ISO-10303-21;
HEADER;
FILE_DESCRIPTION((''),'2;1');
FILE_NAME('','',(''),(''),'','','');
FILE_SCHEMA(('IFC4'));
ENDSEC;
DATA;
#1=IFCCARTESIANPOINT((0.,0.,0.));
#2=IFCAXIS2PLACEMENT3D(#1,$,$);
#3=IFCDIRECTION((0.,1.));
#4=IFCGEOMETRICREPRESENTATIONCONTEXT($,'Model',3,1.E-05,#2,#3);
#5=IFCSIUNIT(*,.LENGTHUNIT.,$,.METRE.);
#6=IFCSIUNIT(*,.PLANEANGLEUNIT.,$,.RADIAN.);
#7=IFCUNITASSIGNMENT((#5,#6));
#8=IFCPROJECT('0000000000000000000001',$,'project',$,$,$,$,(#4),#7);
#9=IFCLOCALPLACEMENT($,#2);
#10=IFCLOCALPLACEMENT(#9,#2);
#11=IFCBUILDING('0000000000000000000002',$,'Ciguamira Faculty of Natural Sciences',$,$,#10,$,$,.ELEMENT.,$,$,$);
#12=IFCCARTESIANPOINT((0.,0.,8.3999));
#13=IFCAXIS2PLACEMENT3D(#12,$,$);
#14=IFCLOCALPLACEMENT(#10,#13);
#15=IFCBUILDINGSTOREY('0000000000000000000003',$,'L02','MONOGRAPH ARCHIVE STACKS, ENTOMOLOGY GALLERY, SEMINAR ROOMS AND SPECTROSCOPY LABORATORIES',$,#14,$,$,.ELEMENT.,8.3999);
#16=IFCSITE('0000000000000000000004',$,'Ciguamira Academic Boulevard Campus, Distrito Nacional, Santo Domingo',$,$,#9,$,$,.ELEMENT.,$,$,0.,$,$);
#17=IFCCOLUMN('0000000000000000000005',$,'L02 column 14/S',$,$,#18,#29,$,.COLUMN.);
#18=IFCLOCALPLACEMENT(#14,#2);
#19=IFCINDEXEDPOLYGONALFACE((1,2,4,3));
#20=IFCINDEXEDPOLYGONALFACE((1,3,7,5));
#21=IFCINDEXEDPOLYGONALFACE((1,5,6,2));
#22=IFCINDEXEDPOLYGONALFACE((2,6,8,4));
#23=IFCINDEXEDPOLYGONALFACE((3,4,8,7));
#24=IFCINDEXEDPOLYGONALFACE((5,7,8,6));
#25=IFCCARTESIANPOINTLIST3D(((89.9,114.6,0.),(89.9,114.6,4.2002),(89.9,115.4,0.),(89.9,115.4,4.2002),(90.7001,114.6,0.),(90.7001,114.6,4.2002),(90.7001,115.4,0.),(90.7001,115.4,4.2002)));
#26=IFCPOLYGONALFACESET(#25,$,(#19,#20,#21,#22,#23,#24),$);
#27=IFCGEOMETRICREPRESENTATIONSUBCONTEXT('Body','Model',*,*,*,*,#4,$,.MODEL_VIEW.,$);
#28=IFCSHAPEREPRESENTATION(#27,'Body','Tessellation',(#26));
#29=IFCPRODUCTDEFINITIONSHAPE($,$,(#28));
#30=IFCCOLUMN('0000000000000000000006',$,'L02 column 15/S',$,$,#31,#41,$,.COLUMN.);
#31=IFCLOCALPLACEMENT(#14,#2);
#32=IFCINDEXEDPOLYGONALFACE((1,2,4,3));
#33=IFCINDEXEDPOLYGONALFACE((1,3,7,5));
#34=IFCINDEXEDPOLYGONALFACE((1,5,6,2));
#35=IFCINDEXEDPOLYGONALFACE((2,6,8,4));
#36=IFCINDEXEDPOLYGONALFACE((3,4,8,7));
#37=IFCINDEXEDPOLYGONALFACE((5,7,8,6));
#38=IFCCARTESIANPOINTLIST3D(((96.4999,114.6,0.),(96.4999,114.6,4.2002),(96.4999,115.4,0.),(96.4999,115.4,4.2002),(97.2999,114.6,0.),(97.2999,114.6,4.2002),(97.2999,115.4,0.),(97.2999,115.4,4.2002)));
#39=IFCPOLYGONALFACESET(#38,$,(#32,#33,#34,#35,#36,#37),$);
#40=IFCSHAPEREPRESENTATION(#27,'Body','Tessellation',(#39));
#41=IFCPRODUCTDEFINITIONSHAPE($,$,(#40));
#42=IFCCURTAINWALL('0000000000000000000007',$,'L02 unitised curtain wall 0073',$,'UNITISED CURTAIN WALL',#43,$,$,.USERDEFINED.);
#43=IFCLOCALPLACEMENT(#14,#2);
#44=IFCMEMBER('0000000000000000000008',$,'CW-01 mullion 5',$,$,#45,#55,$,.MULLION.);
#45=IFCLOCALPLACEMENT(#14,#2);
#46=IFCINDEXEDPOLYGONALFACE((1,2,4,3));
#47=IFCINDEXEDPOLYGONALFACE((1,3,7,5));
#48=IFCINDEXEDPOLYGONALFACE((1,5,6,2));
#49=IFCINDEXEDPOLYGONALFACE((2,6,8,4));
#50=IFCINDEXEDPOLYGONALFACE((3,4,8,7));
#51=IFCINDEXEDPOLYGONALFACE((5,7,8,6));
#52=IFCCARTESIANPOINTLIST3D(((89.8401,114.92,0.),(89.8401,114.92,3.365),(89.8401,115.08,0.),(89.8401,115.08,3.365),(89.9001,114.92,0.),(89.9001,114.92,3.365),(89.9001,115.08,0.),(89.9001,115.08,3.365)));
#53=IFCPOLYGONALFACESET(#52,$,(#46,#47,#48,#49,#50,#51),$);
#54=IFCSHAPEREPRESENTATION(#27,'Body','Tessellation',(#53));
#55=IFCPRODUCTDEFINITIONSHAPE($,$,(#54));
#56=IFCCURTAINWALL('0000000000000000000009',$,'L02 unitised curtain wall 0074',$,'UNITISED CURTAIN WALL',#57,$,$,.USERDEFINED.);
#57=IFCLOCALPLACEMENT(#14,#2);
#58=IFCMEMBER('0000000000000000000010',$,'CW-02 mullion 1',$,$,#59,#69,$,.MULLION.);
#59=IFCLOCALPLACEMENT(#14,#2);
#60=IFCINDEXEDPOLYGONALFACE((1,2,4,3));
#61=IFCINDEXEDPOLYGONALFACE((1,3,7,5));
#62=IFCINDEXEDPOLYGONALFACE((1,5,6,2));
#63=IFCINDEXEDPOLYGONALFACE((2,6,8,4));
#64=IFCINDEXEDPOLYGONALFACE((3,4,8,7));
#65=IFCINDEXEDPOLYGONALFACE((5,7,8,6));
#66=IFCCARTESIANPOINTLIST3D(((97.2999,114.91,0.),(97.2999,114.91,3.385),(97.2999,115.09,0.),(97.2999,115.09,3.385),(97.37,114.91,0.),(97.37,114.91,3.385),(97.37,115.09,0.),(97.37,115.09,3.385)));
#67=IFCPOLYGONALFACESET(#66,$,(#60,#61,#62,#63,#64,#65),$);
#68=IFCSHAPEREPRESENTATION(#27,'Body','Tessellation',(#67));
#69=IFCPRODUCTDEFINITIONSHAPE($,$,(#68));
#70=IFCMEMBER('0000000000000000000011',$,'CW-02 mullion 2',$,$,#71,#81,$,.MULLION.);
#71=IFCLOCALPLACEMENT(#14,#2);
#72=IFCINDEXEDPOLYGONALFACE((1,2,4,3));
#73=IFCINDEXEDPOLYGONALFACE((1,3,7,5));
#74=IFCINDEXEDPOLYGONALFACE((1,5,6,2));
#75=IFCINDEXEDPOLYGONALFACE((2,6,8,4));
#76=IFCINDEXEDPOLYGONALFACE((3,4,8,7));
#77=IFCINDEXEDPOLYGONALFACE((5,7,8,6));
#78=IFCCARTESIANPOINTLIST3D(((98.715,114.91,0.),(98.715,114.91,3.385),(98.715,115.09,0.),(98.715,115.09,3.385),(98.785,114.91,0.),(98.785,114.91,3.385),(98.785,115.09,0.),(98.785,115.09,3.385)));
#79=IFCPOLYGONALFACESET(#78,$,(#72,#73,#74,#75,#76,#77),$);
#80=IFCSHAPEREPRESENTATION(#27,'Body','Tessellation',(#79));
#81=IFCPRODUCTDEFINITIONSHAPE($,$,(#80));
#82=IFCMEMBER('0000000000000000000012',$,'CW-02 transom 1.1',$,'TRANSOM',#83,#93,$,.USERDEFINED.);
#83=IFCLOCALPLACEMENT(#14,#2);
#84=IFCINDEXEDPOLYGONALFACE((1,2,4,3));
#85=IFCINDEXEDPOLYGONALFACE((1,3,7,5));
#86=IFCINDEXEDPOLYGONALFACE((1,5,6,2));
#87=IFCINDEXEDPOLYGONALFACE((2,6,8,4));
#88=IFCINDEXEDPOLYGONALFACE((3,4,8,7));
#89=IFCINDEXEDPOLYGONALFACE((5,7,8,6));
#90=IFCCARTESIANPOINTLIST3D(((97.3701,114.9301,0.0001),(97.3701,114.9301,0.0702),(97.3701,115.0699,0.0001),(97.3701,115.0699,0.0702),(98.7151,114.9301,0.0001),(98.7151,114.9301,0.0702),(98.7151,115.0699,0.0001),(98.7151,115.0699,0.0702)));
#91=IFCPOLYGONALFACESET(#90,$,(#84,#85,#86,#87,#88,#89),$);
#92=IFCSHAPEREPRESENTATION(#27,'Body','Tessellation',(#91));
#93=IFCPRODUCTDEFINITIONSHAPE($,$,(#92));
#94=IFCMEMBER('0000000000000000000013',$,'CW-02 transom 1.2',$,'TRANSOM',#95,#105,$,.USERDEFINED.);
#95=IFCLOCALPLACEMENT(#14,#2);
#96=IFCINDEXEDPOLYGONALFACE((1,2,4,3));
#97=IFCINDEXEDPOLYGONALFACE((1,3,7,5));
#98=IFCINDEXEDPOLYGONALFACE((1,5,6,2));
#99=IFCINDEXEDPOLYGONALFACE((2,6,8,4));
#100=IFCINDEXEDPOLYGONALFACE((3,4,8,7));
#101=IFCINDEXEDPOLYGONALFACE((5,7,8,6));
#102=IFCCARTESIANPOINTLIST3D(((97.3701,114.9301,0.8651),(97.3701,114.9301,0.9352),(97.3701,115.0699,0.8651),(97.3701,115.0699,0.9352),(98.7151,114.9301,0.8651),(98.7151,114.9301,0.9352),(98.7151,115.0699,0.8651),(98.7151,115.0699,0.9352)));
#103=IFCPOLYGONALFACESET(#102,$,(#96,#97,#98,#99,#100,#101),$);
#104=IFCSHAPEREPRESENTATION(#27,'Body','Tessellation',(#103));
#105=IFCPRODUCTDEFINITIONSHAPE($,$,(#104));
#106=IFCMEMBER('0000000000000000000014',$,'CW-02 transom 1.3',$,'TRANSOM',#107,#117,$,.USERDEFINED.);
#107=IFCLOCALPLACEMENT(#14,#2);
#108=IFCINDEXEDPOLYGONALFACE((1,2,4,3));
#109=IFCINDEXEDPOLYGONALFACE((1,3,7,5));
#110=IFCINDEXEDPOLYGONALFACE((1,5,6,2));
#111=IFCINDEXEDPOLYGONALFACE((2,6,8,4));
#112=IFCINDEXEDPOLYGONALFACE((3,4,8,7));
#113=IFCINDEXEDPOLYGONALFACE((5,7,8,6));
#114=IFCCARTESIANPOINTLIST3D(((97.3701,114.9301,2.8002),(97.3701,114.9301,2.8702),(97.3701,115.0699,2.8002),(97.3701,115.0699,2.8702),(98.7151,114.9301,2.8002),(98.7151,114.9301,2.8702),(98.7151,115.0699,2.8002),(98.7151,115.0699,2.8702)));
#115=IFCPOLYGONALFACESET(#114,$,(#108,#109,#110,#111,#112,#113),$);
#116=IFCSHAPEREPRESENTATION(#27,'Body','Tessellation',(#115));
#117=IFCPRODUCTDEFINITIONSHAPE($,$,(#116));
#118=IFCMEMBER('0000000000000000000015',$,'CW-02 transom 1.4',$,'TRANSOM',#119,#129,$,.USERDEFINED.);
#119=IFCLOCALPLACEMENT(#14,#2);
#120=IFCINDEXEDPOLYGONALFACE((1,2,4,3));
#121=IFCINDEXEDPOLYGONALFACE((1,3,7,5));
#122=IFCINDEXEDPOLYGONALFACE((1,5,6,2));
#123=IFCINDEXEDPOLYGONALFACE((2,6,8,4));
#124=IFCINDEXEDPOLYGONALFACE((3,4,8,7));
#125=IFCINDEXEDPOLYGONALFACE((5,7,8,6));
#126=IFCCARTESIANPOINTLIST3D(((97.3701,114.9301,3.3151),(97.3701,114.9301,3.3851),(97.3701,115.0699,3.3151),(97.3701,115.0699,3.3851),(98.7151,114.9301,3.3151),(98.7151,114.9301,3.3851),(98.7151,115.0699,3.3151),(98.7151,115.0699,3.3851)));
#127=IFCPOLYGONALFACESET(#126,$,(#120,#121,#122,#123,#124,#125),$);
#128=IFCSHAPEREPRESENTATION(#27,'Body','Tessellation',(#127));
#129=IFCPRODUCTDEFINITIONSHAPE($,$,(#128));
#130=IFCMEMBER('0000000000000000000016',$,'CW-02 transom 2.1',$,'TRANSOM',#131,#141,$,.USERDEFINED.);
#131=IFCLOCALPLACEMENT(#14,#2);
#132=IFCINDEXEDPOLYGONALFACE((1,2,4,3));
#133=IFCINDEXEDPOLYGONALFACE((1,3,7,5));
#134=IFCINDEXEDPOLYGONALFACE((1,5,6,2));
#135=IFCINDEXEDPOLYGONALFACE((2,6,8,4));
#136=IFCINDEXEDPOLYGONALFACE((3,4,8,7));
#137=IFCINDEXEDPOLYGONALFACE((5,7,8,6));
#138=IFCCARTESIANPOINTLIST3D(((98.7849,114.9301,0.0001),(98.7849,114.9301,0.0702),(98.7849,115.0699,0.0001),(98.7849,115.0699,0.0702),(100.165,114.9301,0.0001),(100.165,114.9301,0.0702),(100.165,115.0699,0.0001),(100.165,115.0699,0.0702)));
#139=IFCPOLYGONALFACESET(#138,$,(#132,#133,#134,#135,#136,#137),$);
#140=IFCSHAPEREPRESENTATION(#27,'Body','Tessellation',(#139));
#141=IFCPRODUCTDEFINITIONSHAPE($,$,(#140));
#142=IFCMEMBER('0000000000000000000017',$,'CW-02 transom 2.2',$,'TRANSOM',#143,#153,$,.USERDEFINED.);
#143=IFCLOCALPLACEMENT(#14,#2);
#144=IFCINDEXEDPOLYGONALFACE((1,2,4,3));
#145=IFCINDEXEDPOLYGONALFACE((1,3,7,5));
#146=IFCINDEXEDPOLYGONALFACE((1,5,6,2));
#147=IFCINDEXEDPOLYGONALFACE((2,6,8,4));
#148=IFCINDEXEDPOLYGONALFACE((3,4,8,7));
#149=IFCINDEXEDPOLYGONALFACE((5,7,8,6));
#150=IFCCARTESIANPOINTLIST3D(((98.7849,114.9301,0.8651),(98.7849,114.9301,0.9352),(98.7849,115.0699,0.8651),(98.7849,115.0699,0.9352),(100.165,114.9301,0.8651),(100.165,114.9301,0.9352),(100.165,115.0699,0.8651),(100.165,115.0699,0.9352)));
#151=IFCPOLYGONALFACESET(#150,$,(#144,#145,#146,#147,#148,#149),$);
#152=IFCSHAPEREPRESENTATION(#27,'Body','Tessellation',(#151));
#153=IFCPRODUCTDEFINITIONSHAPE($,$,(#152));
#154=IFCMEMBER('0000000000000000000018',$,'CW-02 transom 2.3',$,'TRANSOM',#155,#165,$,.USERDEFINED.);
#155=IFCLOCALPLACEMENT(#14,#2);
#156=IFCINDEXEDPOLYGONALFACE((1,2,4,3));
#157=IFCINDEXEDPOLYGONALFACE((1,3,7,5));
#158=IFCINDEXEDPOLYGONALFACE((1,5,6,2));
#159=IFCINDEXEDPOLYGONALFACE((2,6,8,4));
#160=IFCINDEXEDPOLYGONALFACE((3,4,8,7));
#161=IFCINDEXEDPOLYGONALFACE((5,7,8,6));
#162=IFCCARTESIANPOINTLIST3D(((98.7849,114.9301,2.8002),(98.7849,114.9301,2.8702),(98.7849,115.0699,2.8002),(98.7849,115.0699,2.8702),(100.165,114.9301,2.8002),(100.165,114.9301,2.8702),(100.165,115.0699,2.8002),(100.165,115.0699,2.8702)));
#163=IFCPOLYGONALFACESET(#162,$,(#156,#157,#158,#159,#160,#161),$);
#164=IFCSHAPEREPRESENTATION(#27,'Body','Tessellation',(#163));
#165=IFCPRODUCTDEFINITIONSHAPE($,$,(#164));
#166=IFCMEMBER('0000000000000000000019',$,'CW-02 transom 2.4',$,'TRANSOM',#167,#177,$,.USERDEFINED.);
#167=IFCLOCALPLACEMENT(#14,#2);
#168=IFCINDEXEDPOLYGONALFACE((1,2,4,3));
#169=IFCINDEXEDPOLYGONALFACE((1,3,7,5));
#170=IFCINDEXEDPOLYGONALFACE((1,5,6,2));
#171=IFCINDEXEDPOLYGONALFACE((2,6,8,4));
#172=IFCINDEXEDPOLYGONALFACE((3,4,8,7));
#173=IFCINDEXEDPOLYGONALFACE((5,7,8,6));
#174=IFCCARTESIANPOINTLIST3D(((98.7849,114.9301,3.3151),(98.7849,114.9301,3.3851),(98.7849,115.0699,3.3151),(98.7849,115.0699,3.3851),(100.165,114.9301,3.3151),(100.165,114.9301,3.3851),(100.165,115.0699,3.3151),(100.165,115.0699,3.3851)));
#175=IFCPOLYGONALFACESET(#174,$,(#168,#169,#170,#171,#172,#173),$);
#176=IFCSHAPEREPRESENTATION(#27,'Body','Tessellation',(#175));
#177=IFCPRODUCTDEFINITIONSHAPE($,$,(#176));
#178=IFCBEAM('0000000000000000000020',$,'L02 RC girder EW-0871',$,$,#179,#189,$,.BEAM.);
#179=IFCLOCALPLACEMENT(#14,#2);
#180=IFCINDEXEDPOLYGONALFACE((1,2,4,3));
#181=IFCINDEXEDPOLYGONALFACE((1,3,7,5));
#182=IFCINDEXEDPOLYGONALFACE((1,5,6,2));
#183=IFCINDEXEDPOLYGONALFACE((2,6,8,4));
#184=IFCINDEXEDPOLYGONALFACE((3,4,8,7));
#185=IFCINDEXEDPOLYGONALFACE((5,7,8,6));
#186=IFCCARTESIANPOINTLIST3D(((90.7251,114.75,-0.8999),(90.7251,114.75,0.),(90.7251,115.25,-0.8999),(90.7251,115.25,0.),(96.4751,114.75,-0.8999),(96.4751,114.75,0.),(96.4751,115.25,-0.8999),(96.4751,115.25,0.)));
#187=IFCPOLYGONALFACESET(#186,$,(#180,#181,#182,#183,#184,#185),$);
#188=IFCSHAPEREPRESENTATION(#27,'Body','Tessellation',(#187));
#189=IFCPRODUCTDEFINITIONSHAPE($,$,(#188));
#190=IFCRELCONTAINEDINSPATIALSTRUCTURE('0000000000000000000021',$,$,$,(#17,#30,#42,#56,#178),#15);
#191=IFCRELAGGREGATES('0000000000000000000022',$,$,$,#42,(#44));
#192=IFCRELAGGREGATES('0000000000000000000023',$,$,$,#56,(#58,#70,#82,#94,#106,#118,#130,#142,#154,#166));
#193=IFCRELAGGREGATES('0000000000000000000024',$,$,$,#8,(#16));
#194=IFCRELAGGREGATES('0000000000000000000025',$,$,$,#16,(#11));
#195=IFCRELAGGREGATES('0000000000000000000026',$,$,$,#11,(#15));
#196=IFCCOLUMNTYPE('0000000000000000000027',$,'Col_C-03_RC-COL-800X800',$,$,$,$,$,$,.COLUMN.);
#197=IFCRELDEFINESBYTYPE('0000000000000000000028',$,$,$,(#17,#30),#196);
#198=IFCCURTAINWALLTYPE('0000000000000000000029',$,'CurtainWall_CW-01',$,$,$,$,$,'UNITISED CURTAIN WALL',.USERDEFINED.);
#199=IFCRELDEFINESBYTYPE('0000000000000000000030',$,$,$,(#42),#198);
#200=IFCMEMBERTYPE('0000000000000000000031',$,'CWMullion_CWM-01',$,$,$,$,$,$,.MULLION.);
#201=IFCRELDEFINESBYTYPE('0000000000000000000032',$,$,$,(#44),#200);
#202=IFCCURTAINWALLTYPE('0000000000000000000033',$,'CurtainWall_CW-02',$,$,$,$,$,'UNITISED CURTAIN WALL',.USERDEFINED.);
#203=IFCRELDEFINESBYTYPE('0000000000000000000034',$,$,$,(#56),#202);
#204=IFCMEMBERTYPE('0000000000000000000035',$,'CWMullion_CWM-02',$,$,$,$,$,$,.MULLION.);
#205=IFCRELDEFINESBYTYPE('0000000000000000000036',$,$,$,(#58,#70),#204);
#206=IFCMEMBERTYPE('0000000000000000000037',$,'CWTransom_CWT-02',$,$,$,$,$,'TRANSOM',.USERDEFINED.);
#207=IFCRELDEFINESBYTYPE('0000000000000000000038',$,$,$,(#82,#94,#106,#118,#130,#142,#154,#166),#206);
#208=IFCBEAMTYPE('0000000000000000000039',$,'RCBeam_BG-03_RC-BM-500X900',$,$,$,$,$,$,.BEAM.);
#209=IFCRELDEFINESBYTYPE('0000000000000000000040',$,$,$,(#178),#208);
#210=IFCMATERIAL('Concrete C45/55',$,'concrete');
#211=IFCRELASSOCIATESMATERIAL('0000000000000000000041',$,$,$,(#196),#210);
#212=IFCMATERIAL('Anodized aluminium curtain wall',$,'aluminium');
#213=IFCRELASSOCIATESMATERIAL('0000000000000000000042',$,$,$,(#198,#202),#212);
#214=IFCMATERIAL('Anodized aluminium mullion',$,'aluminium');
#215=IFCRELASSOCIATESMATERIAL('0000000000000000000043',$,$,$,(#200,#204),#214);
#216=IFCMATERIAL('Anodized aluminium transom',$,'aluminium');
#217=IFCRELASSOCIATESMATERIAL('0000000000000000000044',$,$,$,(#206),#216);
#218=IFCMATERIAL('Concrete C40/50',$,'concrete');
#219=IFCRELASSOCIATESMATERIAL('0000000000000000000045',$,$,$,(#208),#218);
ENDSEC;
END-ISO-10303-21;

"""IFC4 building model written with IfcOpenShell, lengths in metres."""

from ifc_helpers import new_model, si_unit, direction, frame, origin, origin_2d, place, context, subcontext, project, spatial, rectangle, extrude, material, material_profile, profile_set, type_object, element, aggregate, save


model = new_model("IFC4")

# Units and contexts
model_context = context("Model", 3, precision=1e-05, world=origin(), true_north=direction((0.0, 1.0)))
body_context = subcontext(model_context, "Body", "Model", "MODEL_VIEW")
ifc_project = project(units=[si_unit("LENGTHUNIT", "METRE"), si_unit("PLANEANGLEUNIT", "RADIAN")], contexts=[model_context])

# Site, building, storey
site_placement = place(None, origin())
site = spatial("IfcSite", under=ifc_project, at=site_placement, Name="Ciguamira Academic Boulevard Campus, Distrito Nacional, Santo Domingo", CompositionType="ELEMENT", RefElevation=0.0)
building_placement = place(site_placement, origin())
building = spatial("IfcBuilding", under=site, at=building_placement, Name="Ciguamira Faculty of Natural Sciences", CompositionType="ELEMENT")
storey_placement = place(building_placement, frame((0.0, 0.0, 8.3999)))
storey = spatial("IfcBuildingStorey", under=building, at=storey_placement, Name="L02", Description="MONOGRAPH ARCHIVE STACKS, ENTOMOLOGY GALLERY, SEMINAR ROOMS AND SPECTROSCOPY LABORATORIES", CompositionType="ELEMENT", Elevation=8.3999)

# Columns
ifc_material_1 = material(Name="Concrete C45/55", Category="concrete")
ifc_material_profile_1 = material_profile(ifc_material_1, rectangle(XDim=0.8, YDim=0.8, at=origin_2d()), Name="RC-COL-800X800")
ifc_profile_set_1 = profile_set([ifc_material_profile_1], Name="Concrete C45/55")
column_type = type_object("IfcColumnType", Name="Col_C-03_RC-COL-800X800", PredefinedType="COLUMN", material=ifc_profile_set_1)
for number, where, z_axis, x_axis, name in (
    (1, (90.3, 115.0, 0.0), (0.0, 0.0, 1.0), (1.0, 0.0, 0.0), "L02 column 14/S"),
    (2, (96.8999, 115.0, 0.0), (0.0, 0.0, 1.0), (1.0, 0.0, 0.0), "L02 column 15/S"),
):
    element("IfcColumn", number, at=place(storey_placement, frame(where, z_axis=z_axis, x_axis=x_axis)), inside=storey, type_object=column_type, Name=name, PredefinedType="COLUMN", context=body_context, shape_type="SweptSolid", body=[
        extrude(rectangle(XDim=0.8, YDim=0.8, at=origin_2d()), origin(), (0.0, 0.0, 1.0), 4.2002),
    ])

# Curtain wall, member
ifc_material_2 = material(Name="Anodized aluminium curtain wall", Category="aluminium")
curtain_wall_type_1 = type_object("IfcCurtainWallType", Name="CurtainWall_CW-01", ElementType="UNITISED CURTAIN WALL", PredefinedType="USERDEFINED", material=ifc_material_2)
curtain_wall_1_placement = place(storey_placement, origin())
curtain_wall_1 = element("IfcCurtainWall", 3, at=curtain_wall_1_placement, inside=storey, type_object=curtain_wall_type_1, Name="L02 unitised curtain wall 0073", ObjectType="UNITISED CURTAIN WALL", PredefinedType="USERDEFINED")
ifc_material_3 = material(Name="Anodized aluminium mullion", Category="aluminium")
ifc_material_profile_2 = material_profile(ifc_material_3, rectangle(XDim=0.0601, YDim=0.1599, at=origin_2d()), Name="ALU-MUL-60X160")
ifc_profile_set_2 = profile_set([ifc_material_profile_2], Name="Anodized aluminium mullion")
member_type_1 = type_object("IfcMemberType", Name="CWMullion_CWM-01", PredefinedType="MULLION", material=ifc_profile_set_2)
member_1_placement = place(storey_placement, frame((89.8701, 115.0, 0.0), z_axis=(0.0, 0.0, 1.0), x_axis=(1.0, 0.0, 0.0)))
member_1 = element("IfcMember", 4, at=member_1_placement, type_object=member_type_1, Name="CW-01 mullion 5", PredefinedType="MULLION", context=body_context, shape_type="SweptSolid", body=[
    extrude(rectangle(XDim=0.0601, YDim=0.1599, at=origin_2d()), origin(), (0.0, 0.0, 1.0), 3.365),
])
aggregate(curtain_wall_1, [member_1])

# Curtain wall, members
curtain_wall_type_2 = type_object("IfcCurtainWallType", Name="CurtainWall_CW-02", ElementType="UNITISED CURTAIN WALL", PredefinedType="USERDEFINED", material=ifc_material_2)
curtain_wall_2_placement = place(storey_placement, origin())
curtain_wall_2 = element("IfcCurtainWall", 5, at=curtain_wall_2_placement, inside=storey, type_object=curtain_wall_type_2, Name="L02 unitised curtain wall 0074", ObjectType="UNITISED CURTAIN WALL", PredefinedType="USERDEFINED")
ifc_material_profile_3 = material_profile(ifc_material_3, rectangle(XDim=0.0701, YDim=0.1799, at=origin_2d()), Name="ALU-MUL-70X180")
ifc_profile_set_3 = profile_set([ifc_material_profile_3], Name="Anodized aluminium mullion")
member_type_2 = type_object("IfcMemberType", Name="CWMullion_CWM-02", PredefinedType="MULLION", material=ifc_profile_set_3)
member_2_placement = place(storey_placement, frame((97.335, 115.0, 0.0), z_axis=(0.0, 0.0, 1.0), x_axis=(1.0, 0.0, 0.0)))
member_2 = element("IfcMember", 6, at=member_2_placement, type_object=member_type_2, Name="CW-02 mullion 1", PredefinedType="MULLION", context=body_context, shape_type="SweptSolid", body=[
    extrude(rectangle(XDim=0.0701, YDim=0.1799, at=origin_2d()), origin(), (0.0, 0.0, 1.0), 3.385),
])
member_3_placement = place(storey_placement, frame((98.75, 115.0, 0.0), z_axis=(0.0, 0.0, 1.0), x_axis=(1.0, 0.0, 0.0)))
member_3 = element("IfcMember", 7, at=member_3_placement, type_object=member_type_2, Name="CW-02 mullion 2", PredefinedType="MULLION", context=body_context, shape_type="SweptSolid", body=[
    extrude(rectangle(XDim=0.0701, YDim=0.1799, at=origin_2d()), origin(), (0.0, 0.0, 1.0), 3.385),
])
ifc_material_4 = material(Name="Anodized aluminium transom", Category="aluminium")
ifc_material_profile_4 = material_profile(ifc_material_4, rectangle(XDim=0.0701, YDim=0.1399, at=origin_2d()), Name="ALU-TRN-70X140")
ifc_profile_set_4 = profile_set([ifc_material_profile_4], Name="Anodized aluminium transom")
member_type_3 = type_object("IfcMemberType", Name="CWTransom_CWT-02", ElementType="TRANSOM", PredefinedType="USERDEFINED", material=ifc_profile_set_4)
member_4_placement = place(storey_placement, frame((97.3701, 115.0, 0.0352), z_axis=(1.0, 0.0, 0.0), x_axis=(0.0, 0.0, 1.0)))
member_4 = element("IfcMember", 8, at=member_4_placement, type_object=member_type_3, Name="CW-02 transom 1.1", ObjectType="TRANSOM", PredefinedType="USERDEFINED", context=body_context, shape_type="SweptSolid", body=[
    extrude(rectangle(XDim=0.0701, YDim=0.1399, at=origin_2d()), origin(), (0.0, 0.0, 1.0), 1.345),
])
member_5_placement = place(storey_placement, frame((97.3701, 115.0, 0.9001), z_axis=(1.0, 0.0, 0.0), x_axis=(0.0, 0.0, 1.0)))
member_5 = element("IfcMember", 9, at=member_5_placement, type_object=member_type_3, Name="CW-02 transom 1.2", ObjectType="TRANSOM", PredefinedType="USERDEFINED", context=body_context, shape_type="SweptSolid", body=[
    extrude(rectangle(XDim=0.0701, YDim=0.1399, at=origin_2d()), origin(), (0.0, 0.0, 1.0), 1.345),
])
member_6_placement = place(storey_placement, frame((97.3701, 115.0, 2.8352), z_axis=(1.0, 0.0, 0.0), x_axis=(0.0, 0.0, 1.0)))
member_6 = element("IfcMember", 10, at=member_6_placement, type_object=member_type_3, Name="CW-02 transom 1.3", ObjectType="TRANSOM", PredefinedType="USERDEFINED", context=body_context, shape_type="SweptSolid", body=[
    extrude(rectangle(XDim=0.0701, YDim=0.1399, at=origin_2d()), origin(), (0.0, 0.0, 1.0), 1.345),
])
member_7_placement = place(storey_placement, frame((97.3701, 115.0, 3.3501), z_axis=(1.0, 0.0, 0.0), x_axis=(0.0, 0.0, 1.0)))
member_7 = element("IfcMember", 11, at=member_7_placement, type_object=member_type_3, Name="CW-02 transom 1.4", ObjectType="TRANSOM", PredefinedType="USERDEFINED", context=body_context, shape_type="SweptSolid", body=[
    extrude(rectangle(XDim=0.0701, YDim=0.1399, at=origin_2d()), origin(), (0.0, 0.0, 1.0), 1.345),
])
member_8_placement = place(storey_placement, frame((98.7849, 115.0, 0.0352), z_axis=(1.0, 0.0, 0.0), x_axis=(0.0, 0.0, 1.0)))
member_8 = element("IfcMember", 12, at=member_8_placement, type_object=member_type_3, Name="CW-02 transom 2.1", ObjectType="TRANSOM", PredefinedType="USERDEFINED", context=body_context, shape_type="SweptSolid", body=[
    extrude(rectangle(XDim=0.0701, YDim=0.1399, at=origin_2d()), origin(), (0.0, 0.0, 1.0), 1.3801),
])
member_9_placement = place(storey_placement, frame((98.7849, 115.0, 0.9001), z_axis=(1.0, 0.0, 0.0), x_axis=(0.0, 0.0, 1.0)))
member_9 = element("IfcMember", 13, at=member_9_placement, type_object=member_type_3, Name="CW-02 transom 2.2", ObjectType="TRANSOM", PredefinedType="USERDEFINED", context=body_context, shape_type="SweptSolid", body=[
    extrude(rectangle(XDim=0.0701, YDim=0.1399, at=origin_2d()), origin(), (0.0, 0.0, 1.0), 1.3801),
])
member_10_placement = place(storey_placement, frame((98.7849, 115.0, 2.8352), z_axis=(1.0, 0.0, 0.0), x_axis=(0.0, 0.0, 1.0)))
member_10 = element("IfcMember", 14, at=member_10_placement, type_object=member_type_3, Name="CW-02 transom 2.3", ObjectType="TRANSOM", PredefinedType="USERDEFINED", context=body_context, shape_type="SweptSolid", body=[
    extrude(rectangle(XDim=0.0701, YDim=0.1399, at=origin_2d()), origin(), (0.0, 0.0, 1.0), 1.3801),
])
member_11_placement = place(storey_placement, frame((98.7849, 115.0, 3.3501), z_axis=(1.0, 0.0, 0.0), x_axis=(0.0, 0.0, 1.0)))
member_11 = element("IfcMember", 15, at=member_11_placement, type_object=member_type_3, Name="CW-02 transom 2.4", ObjectType="TRANSOM", PredefinedType="USERDEFINED", context=body_context, shape_type="SweptSolid", body=[
    extrude(rectangle(XDim=0.0701, YDim=0.1399, at=origin_2d()), origin(), (0.0, 0.0, 1.0), 1.3801),
])

# Beam
ifc_material_5 = material(Name="Concrete C40/50", Category="concrete")
ifc_material_profile_5 = material_profile(ifc_material_5, rectangle(XDim=0.5, YDim=0.8999, at=origin_2d()), Name="RC-BM-500X900")
ifc_profile_set_5 = profile_set([ifc_material_profile_5], Name="Concrete C40/50")
beam_type_1 = type_object("IfcBeamType", Name="RCBeam_BG-03_RC-BM-500X900", PredefinedType="BEAM", material=ifc_profile_set_5)
beam_1_placement = place(storey_placement, frame((90.7251, 115.0, -0.45), z_axis=(1.0, 0.0, 0.0), x_axis=(0.0, 1.0, 0.0)))
element("IfcBeam", 16, at=beam_1_placement, inside=storey, type_object=beam_type_1, Name="L02 RC girder EW-0871", PredefinedType="BEAM", context=body_context, shape_type="SweptSolid", body=[
    extrude(rectangle(XDim=0.5, YDim=0.8999, at=origin_2d()), origin(), (0.0, 0.0, 1.0), 5.75),
])

aggregate(curtain_wall_2, [member_2, member_3, member_4, member_5, member_6, member_7, member_8, member_9, member_10, member_11])

save(model, "model.ifc")
